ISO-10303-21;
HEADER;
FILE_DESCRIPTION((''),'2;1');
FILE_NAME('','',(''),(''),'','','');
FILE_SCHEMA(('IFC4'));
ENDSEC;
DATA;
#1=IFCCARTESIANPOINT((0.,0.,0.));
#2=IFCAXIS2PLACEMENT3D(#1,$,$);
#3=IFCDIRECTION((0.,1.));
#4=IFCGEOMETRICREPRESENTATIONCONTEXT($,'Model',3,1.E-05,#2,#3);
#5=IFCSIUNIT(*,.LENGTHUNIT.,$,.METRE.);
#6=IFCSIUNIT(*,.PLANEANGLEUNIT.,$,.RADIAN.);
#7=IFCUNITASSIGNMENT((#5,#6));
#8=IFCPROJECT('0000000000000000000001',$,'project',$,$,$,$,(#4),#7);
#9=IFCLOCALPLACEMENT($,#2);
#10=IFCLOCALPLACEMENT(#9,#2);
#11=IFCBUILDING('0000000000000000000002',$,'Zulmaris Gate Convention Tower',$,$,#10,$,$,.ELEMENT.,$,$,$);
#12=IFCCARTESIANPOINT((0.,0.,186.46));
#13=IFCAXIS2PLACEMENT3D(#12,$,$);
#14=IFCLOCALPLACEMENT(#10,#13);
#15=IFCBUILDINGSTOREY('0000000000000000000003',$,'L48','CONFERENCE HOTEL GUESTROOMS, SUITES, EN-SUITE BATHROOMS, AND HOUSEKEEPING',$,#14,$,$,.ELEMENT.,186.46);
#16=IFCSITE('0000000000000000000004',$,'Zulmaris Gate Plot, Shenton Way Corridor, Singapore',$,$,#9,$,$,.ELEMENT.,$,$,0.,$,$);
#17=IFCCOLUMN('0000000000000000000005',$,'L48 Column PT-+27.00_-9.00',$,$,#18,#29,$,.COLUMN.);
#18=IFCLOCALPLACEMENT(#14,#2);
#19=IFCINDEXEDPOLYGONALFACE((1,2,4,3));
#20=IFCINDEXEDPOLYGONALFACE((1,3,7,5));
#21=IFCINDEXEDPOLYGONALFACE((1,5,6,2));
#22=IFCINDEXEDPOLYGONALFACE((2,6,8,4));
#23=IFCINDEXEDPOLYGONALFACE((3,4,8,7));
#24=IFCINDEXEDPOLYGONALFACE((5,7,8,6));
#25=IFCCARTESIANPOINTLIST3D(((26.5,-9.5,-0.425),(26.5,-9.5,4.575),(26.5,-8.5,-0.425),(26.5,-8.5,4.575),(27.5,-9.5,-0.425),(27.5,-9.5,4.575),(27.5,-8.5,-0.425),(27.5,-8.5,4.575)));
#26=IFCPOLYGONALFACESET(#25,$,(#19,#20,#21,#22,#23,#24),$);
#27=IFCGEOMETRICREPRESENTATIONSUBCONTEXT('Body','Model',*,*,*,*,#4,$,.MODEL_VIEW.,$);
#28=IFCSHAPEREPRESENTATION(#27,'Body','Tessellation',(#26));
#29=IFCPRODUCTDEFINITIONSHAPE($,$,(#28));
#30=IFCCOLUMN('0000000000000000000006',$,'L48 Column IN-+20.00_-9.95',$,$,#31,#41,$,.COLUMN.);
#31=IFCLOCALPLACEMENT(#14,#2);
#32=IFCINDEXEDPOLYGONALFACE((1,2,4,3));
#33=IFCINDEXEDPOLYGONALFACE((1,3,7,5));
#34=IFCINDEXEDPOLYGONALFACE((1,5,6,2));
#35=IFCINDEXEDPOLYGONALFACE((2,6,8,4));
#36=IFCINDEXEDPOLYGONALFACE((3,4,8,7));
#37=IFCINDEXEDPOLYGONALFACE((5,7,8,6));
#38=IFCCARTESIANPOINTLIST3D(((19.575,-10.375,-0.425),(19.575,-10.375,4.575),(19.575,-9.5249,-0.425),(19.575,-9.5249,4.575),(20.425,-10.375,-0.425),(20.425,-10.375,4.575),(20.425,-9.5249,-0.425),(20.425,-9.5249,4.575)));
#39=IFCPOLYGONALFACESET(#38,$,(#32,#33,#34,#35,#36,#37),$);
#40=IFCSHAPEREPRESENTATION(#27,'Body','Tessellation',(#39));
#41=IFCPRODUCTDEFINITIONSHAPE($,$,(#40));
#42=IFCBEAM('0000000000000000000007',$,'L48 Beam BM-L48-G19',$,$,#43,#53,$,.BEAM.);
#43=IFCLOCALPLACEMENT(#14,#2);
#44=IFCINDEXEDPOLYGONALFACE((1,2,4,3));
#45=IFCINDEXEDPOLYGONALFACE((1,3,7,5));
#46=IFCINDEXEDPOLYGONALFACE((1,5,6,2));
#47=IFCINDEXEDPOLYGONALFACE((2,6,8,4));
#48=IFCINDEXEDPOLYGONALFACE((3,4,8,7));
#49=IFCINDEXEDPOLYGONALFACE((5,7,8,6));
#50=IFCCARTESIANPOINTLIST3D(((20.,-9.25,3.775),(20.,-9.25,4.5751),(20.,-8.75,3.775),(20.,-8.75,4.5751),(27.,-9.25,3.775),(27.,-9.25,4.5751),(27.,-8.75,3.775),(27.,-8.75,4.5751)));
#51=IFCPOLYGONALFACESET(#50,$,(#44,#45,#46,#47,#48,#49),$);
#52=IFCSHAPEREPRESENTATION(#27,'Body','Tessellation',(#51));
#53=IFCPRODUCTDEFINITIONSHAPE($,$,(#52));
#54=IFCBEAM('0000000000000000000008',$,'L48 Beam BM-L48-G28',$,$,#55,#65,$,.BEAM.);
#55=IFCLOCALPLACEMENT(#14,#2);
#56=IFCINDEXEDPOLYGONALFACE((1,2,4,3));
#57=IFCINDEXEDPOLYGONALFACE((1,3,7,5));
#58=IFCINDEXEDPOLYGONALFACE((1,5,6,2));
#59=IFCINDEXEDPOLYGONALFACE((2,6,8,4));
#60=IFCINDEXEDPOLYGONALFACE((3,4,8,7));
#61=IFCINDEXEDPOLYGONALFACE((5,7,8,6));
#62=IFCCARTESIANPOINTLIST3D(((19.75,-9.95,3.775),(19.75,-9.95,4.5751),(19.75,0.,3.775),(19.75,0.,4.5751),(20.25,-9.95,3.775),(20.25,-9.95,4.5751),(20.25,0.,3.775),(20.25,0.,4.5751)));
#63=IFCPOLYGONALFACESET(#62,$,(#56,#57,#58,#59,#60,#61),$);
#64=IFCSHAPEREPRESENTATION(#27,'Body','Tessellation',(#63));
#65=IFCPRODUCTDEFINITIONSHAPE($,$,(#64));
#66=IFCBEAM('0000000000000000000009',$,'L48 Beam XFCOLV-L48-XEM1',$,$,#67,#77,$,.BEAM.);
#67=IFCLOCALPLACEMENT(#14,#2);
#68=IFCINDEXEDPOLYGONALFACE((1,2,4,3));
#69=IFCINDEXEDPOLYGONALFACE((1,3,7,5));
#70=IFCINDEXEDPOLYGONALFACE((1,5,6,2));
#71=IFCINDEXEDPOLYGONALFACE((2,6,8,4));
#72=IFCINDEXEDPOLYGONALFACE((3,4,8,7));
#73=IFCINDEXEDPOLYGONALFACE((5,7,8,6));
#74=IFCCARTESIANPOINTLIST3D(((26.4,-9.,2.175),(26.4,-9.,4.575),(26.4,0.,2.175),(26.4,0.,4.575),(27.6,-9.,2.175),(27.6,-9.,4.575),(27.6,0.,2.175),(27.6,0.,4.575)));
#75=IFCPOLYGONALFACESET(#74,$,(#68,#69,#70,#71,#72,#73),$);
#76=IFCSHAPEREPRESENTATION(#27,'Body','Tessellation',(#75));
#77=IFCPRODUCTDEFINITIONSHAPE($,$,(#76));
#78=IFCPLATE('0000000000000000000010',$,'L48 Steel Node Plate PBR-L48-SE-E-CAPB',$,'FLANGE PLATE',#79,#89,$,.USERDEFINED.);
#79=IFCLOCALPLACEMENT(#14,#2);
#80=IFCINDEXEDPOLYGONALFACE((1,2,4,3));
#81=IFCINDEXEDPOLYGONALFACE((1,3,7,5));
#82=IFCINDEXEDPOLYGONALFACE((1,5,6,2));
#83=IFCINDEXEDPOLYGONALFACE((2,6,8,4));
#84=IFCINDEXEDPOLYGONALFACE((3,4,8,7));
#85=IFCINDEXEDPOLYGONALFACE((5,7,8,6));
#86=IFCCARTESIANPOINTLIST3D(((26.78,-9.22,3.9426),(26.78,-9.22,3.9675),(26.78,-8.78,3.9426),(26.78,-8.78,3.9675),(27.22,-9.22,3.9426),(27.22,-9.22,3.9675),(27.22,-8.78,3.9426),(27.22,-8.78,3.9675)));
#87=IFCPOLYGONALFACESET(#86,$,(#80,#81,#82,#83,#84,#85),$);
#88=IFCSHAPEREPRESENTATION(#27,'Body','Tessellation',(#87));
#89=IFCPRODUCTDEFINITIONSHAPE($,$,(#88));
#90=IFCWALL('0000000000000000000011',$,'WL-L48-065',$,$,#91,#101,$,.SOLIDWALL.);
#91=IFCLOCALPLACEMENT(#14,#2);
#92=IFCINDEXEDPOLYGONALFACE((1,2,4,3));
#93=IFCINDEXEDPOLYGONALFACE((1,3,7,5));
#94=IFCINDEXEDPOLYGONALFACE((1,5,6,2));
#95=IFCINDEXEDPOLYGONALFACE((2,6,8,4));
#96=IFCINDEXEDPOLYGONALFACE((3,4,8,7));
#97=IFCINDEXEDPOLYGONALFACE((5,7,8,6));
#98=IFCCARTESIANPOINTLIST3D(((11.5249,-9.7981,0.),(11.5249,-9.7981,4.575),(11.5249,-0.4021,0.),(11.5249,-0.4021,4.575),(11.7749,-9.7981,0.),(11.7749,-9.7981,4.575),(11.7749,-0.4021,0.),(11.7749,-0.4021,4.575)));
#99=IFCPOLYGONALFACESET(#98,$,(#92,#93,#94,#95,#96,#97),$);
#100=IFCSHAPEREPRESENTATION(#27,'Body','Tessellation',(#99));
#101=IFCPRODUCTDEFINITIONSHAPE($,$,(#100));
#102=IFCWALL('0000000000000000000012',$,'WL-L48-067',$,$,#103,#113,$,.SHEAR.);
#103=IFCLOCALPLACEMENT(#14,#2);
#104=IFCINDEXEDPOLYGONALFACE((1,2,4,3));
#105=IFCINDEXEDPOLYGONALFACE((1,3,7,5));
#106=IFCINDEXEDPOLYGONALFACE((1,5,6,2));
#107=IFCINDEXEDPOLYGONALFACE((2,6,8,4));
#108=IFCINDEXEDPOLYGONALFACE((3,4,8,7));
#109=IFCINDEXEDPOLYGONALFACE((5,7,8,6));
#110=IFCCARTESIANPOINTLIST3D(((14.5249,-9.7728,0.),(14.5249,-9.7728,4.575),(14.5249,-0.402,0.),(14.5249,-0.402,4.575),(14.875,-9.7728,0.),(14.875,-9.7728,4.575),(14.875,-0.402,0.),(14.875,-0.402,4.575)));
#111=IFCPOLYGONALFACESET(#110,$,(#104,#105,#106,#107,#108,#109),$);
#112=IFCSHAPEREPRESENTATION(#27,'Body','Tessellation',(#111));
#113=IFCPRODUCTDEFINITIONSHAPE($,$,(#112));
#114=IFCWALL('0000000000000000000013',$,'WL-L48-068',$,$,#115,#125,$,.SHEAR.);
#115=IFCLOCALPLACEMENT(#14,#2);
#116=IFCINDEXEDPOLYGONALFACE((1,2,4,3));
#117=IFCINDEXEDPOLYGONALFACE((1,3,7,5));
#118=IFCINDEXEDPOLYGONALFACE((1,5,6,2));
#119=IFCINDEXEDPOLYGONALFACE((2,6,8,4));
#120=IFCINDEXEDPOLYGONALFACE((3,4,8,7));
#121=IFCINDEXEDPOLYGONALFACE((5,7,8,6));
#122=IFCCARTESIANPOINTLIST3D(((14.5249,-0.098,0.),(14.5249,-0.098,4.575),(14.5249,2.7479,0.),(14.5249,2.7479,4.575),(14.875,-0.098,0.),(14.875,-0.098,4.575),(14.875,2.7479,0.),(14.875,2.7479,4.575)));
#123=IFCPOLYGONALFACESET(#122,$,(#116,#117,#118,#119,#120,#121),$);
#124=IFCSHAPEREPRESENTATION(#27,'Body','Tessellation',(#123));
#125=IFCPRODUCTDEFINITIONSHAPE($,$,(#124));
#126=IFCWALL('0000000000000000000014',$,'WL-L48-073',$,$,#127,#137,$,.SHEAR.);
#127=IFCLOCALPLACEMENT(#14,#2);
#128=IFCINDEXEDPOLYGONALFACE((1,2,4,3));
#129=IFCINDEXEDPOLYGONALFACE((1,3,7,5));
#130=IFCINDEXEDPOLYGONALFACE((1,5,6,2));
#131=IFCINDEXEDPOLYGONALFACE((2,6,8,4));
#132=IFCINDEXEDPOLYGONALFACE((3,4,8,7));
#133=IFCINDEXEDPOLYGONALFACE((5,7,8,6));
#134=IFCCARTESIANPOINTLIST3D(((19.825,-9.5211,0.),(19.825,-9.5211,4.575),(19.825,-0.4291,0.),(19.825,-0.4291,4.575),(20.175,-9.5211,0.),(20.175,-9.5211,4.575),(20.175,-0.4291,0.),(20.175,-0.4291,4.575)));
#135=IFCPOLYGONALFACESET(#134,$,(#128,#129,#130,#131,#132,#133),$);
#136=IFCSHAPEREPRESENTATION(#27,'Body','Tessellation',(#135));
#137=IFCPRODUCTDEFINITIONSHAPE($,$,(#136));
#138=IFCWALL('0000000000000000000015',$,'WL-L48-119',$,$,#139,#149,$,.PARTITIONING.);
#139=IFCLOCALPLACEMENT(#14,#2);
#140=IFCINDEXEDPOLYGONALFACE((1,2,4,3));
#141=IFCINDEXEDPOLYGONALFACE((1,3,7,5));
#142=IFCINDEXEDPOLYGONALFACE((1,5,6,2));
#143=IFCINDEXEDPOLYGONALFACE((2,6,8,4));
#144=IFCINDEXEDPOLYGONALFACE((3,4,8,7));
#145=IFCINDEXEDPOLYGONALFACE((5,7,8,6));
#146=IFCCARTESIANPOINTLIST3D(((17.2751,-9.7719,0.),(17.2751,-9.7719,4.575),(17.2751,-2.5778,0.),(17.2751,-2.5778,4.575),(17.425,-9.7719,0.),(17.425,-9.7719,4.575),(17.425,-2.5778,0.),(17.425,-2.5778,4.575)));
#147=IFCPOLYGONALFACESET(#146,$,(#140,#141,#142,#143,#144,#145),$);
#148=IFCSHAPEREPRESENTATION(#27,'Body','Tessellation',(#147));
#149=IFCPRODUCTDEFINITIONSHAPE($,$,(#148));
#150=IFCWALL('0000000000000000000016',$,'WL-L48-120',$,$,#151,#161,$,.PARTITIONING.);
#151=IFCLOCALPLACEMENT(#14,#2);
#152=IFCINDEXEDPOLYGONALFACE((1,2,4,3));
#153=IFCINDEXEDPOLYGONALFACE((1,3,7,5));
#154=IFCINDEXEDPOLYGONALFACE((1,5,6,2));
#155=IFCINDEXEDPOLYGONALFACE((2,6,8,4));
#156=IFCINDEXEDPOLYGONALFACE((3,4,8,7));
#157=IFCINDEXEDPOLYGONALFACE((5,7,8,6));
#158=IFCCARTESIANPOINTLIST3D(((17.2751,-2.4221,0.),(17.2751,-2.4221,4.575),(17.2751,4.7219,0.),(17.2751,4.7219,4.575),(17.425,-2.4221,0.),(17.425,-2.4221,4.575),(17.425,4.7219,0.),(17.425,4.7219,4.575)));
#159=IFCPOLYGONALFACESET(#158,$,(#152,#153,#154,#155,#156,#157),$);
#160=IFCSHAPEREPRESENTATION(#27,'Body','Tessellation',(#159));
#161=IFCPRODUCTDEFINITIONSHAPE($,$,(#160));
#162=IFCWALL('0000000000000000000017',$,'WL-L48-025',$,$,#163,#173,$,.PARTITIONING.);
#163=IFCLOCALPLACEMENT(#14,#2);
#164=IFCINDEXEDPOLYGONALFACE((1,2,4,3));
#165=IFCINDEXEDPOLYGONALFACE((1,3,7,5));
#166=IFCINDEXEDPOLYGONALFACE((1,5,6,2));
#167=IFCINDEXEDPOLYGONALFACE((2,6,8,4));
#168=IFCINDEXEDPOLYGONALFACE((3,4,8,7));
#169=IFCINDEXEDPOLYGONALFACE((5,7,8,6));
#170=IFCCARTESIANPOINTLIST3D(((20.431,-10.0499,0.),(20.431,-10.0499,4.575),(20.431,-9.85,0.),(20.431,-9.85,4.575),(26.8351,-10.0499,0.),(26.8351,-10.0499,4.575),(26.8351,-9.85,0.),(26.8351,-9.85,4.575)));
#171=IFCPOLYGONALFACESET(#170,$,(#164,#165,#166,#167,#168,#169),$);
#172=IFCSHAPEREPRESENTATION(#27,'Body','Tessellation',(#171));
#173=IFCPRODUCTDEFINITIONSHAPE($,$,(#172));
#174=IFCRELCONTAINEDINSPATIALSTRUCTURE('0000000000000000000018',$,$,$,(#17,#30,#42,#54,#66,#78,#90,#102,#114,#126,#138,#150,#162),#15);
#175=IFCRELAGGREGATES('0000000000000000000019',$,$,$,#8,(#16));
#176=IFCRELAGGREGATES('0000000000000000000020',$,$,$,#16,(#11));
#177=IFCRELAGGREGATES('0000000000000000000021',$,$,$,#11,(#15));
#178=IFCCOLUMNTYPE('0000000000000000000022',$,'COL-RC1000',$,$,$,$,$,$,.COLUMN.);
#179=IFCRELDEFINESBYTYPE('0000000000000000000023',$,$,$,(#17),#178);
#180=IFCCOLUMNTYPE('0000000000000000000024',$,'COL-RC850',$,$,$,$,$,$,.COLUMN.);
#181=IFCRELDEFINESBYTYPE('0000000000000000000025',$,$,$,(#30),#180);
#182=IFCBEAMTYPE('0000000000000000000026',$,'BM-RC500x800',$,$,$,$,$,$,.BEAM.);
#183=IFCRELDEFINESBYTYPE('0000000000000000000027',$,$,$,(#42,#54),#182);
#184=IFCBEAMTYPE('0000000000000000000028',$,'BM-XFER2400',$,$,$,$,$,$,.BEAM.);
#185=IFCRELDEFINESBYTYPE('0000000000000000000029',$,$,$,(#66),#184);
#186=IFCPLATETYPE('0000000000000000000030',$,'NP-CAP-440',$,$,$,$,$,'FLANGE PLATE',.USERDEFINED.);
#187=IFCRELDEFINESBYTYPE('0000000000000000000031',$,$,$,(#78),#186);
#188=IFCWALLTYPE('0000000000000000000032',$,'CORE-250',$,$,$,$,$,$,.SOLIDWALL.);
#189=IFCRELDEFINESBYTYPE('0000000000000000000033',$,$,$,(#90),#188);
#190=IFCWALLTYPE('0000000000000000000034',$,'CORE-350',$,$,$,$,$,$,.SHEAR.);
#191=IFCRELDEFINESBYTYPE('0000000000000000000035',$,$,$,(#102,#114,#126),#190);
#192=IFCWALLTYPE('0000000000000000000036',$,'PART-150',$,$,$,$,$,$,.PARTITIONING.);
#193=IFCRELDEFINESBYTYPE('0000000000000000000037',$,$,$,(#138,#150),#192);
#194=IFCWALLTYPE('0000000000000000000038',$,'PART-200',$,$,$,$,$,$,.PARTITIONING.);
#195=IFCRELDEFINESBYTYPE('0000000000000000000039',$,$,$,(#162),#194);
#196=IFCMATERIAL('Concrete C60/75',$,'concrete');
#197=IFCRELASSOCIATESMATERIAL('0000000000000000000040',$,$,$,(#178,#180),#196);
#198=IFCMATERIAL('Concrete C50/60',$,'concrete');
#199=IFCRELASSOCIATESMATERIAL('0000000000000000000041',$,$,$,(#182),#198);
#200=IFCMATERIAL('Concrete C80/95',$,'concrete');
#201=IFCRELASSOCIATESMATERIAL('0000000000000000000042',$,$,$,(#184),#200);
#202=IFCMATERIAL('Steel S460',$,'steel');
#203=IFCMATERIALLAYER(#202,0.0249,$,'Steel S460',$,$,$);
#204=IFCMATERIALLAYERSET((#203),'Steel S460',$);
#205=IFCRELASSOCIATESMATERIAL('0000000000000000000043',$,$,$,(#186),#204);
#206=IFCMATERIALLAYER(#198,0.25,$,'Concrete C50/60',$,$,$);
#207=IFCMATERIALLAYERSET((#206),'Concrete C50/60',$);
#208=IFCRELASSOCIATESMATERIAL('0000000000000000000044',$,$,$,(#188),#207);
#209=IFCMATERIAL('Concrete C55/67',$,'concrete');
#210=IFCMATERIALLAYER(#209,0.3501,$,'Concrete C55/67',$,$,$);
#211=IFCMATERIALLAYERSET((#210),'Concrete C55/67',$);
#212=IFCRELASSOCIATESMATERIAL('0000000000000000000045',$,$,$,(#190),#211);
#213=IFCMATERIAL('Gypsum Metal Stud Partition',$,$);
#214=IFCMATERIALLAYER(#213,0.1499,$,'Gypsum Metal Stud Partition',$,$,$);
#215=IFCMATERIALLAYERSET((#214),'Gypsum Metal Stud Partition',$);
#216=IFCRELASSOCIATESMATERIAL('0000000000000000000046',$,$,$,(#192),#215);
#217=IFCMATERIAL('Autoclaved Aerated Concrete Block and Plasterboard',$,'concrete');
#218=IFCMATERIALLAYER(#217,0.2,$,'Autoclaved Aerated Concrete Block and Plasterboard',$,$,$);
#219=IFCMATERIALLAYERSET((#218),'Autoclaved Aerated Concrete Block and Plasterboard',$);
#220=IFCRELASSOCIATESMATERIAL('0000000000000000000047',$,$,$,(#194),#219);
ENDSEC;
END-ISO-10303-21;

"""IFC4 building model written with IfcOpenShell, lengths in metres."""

from ifc_helpers import new_model, si_unit, direction, frame, frame_2d, origin, origin_2d, place, context, subcontext, project, spatial, rectangle, extrude, material, layer, layer_set, material_profile, profile_set, type_object, element, save


model = new_model("IFC4")

# Units and contexts
model_context = context("Model", 3, precision=1e-05, world=origin(), true_north=direction((0.0, 1.0)))
body_context = subcontext(model_context, "Body", "Model", "MODEL_VIEW")
ifc_project = project(units=[si_unit("LENGTHUNIT", "METRE"), si_unit("PLANEANGLEUNIT", "RADIAN")], contexts=[model_context])

# Site, building, storey
site_placement = place(None, origin())
site = spatial("IfcSite", under=ifc_project, at=site_placement, Name="Zulmaris Gate Plot, Shenton Way Corridor, Singapore", CompositionType="ELEMENT", RefElevation=0.0)
building_placement = place(site_placement, origin())
building = spatial("IfcBuilding", under=site, at=building_placement, Name="Zulmaris Gate Convention Tower", CompositionType="ELEMENT")
storey_placement = place(building_placement, frame((0.0, 0.0, 186.46)))
storey = spatial("IfcBuildingStorey", under=building, at=storey_placement, Name="L48", Description="CONFERENCE HOTEL GUESTROOMS, SUITES, EN-SUITE BATHROOMS, AND HOUSEKEEPING", CompositionType="ELEMENT", Elevation=186.46)

# Columns
ifc_material_1 = material(Name="Concrete C60/75", Category="concrete")
ifc_material_profile_1 = material_profile(ifc_material_1, rectangle(XDim=1.0, YDim=1.0, at=origin_2d()), Name="RC COL 1000x1000")
ifc_profile_set_1 = profile_set([ifc_material_profile_1], Name="Concrete C60/75")
column_type_1 = type_object("IfcColumnType", Name="COL-RC1000", PredefinedType="COLUMN", material=ifc_profile_set_1)
column_1_placement = place(storey_placement, frame((27.0, -9.0, -0.425), z_axis=(0.0, 0.0, 1.0), x_axis=(1.0, 0.0, 0.0)))
element("IfcColumn", 1, at=column_1_placement, inside=storey, type_object=column_type_1, Name="L48 Column PT-+27.00_-9.00", PredefinedType="COLUMN", context=body_context, shape_type="SweptSolid", body=[
    extrude(rectangle(XDim=1.0, YDim=1.0, at=origin_2d()), origin(), (0.0, 0.0, 1.0), 5.0),
])
ifc_material_profile_2 = material_profile(ifc_material_1, rectangle(XDim=0.8501, YDim=0.8501, at=origin_2d()), Name="RC COL 850x850")
ifc_profile_set_2 = profile_set([ifc_material_profile_2], Name="Concrete C60/75")
column_type_2 = type_object("IfcColumnType", Name="COL-RC850", PredefinedType="COLUMN", material=ifc_profile_set_2)
column_2_placement = place(storey_placement, frame((20.0, -9.95, -0.425), z_axis=(0.0, 0.0, 1.0), x_axis=(1.0, 0.0, 0.0)))
element("IfcColumn", 2, at=column_2_placement, inside=storey, type_object=column_type_2, Name="L48 Column IN-+20.00_-9.95", PredefinedType="COLUMN", context=body_context, shape_type="SweptSolid", body=[
    extrude(rectangle(XDim=0.8501, YDim=0.8501, at=origin_2d()), origin(), (0.0, 0.0, 1.0), 5.0),
])

# Beams
ifc_material_2 = material(Name="Concrete C50/60", Category="concrete")
ifc_material_profile_3 = material_profile(ifc_material_2, rectangle(XDim=0.5, YDim=0.8, at=origin_2d()), Name="RC BEAM 500x800")
ifc_profile_set_3 = profile_set([ifc_material_profile_3], Name="Concrete C50/60")
beam_type_1 = type_object("IfcBeamType", Name="BM-RC500x800", PredefinedType="BEAM", material=ifc_profile_set_3)
beam_1_placement = place(storey_placement, frame((20.0, -9.0, 4.175), z_axis=(1.0, 0.0, 0.0), x_axis=(0.0, 1.0, 0.0)))
element("IfcBeam", 3, at=beam_1_placement, inside=storey, type_object=beam_type_1, Name="L48 Beam BM-L48-G19", PredefinedType="BEAM", context=body_context, shape_type="SweptSolid", body=[
    extrude(rectangle(XDim=0.5, YDim=0.8, at=origin_2d()), origin(), (0.0, 0.0, 1.0), 7.0),
])
beam_2_placement = place(storey_placement, frame((20.0, -9.95, 4.175), z_axis=(0.0, 1.0, 0.0), x_axis=(-1.0, 0.0, 0.0)))
element("IfcBeam", 4, at=beam_2_placement, inside=storey, type_object=beam_type_1, Name="L48 Beam BM-L48-G28", PredefinedType="BEAM", context=body_context, shape_type="SweptSolid", body=[
    extrude(rectangle(XDim=0.5, YDim=0.8, at=origin_2d()), origin(), (0.0, 0.0, 1.0), 9.95),
])
ifc_material_3 = material(Name="Concrete C80/95", Category="concrete")
ifc_material_profile_4 = material_profile(ifc_material_3, rectangle(XDim=1.2, YDim=2.3999, at=origin_2d()), Name="RC TRANSFER 1200x2400")
ifc_profile_set_4 = profile_set([ifc_material_profile_4], Name="Concrete C80/95")
beam_type_2 = type_object("IfcBeamType", Name="BM-XFER2400", PredefinedType="BEAM", material=ifc_profile_set_4)
beam_3_placement = place(storey_placement, frame((27.0, -9.0, 3.375), z_axis=(0.0, 1.0, 0.0), x_axis=(-1.0, 0.0, 0.0)))
element("IfcBeam", 5, at=beam_3_placement, inside=storey, type_object=beam_type_2, Name="L48 Beam XFCOLV-L48-XEM1", PredefinedType="BEAM", context=body_context, shape_type="SweptSolid", body=[
    extrude(rectangle(XDim=1.2, YDim=2.3999, at=origin_2d()), origin(), (0.0, 0.0, 1.0), 9.0),
])

# Plate
ifc_material_4 = material(Name="Steel S460", Category="steel")
ifc_layer_1 = layer(ifc_material_4, 0.0249, Name="Steel S460")
ifc_layer_set_1 = layer_set([ifc_layer_1], Name="Steel S460")
plate_type = type_object("IfcPlateType", Name="NP-CAP-440", ElementType="FLANGE PLATE", PredefinedType="USERDEFINED", material=ifc_layer_set_1)
plate_placement = place(storey_placement, frame((27.0, -9.0, 3.9426), z_axis=(0.0, 0.0, 1.0), x_axis=(1.0, 0.0, 0.0)))
element("IfcPlate", 6, at=plate_placement, inside=storey, type_object=plate_type, Name="L48 Steel Node Plate PBR-L48-SE-E-CAPB", ObjectType="FLANGE PLATE", PredefinedType="USERDEFINED", context=body_context, shape_type="SweptSolid", body=[
    extrude(rectangle(XDim=0.4399, YDim=0.4399, at=origin_2d()), origin(), (0.0, 0.0, 1.0), 0.0249),
])

# Walls
ifc_layer_2 = layer(ifc_material_2, 0.25, Name="Concrete C50/60")
ifc_layer_set_2 = layer_set([ifc_layer_2], Name="Concrete C50/60")
wall_type_1 = type_object("IfcWallType", Name="CORE-250", PredefinedType="SOLIDWALL", material=ifc_layer_set_2)
wall_1_placement = place(storey_placement, frame((11.6499, -9.7981, 0.0), z_axis=(0.0, 0.0, 1.0), x_axis=(0.0, 1.0, 0.0)))
element("IfcWall", 7, at=wall_1_placement, inside=storey, type_object=wall_type_1, Name="WL-L48-065", PredefinedType="SOLIDWALL", context=body_context, shape_type="SweptSolid", body=[
    extrude(rectangle(XDim=9.396, YDim=0.25, at=frame_2d((4.698, 0.0))), origin(), (0.0, 0.0, 1.0), 4.575),
])
ifc_material_5 = material(Name="Concrete C55/67", Category="concrete")
ifc_layer_3 = layer(ifc_material_5, 0.3501, Name="Concrete C55/67")
ifc_layer_set_3 = layer_set([ifc_layer_3], Name="Concrete C55/67")
wall_type_2 = type_object("IfcWallType", Name="CORE-350", PredefinedType="SHEAR", material=ifc_layer_set_3)
wall_2_placement = place(storey_placement, frame((14.7, -9.7729, 0.0), z_axis=(0.0, 0.0, 1.0), x_axis=(0.0, 1.0, 0.0)))
element("IfcWall", 8, at=wall_2_placement, inside=storey, type_object=wall_type_2, Name="WL-L48-067", PredefinedType="SHEAR", context=body_context, shape_type="SweptSolid", body=[
    extrude(rectangle(XDim=9.3708, YDim=0.3501, at=frame_2d((4.6855, 0.0))), origin(), (0.0, 0.0, 1.0), 4.575),
])
wall_3_placement = place(storey_placement, frame((14.7, -0.0979, 0.0), z_axis=(0.0, 0.0, 1.0), x_axis=(0.0, 1.0, 0.0)))
element("IfcWall", 9, at=wall_3_placement, inside=storey, type_object=wall_type_2, Name="WL-L48-068", PredefinedType="SHEAR", context=body_context, shape_type="SweptSolid", body=[
    extrude(rectangle(XDim=2.8459, YDim=0.3501, at=frame_2d((1.4229, 0.0))), origin(), (0.0, 0.0, 1.0), 4.575),
])
wall_4_placement = place(storey_placement, frame((20.0, -9.521, 0.0), z_axis=(0.0, 0.0, 1.0), x_axis=(0.0, 1.0, 0.0)))
element("IfcWall", 10, at=wall_4_placement, inside=storey, type_object=wall_type_2, Name="WL-L48-073", PredefinedType="SHEAR", context=body_context, shape_type="SweptSolid", body=[
    extrude(rectangle(XDim=9.092, YDim=0.3501, at=frame_2d((4.5459, 0.0))), origin(), (0.0, 0.0, 1.0), 4.575),
])

# Shared definitions
ifc_material_6 = material(Name="Gypsum Metal Stud Partition")
ifc_layer_4 = layer(ifc_material_6, 0.1499, Name="Gypsum Metal Stud Partition")
ifc_layer_set_4 = layer_set([ifc_layer_4], Name="Gypsum Metal Stud Partition")
wall_type_3 = type_object("IfcWallType", Name="PART-150", PredefinedType="PARTITIONING", material=ifc_layer_set_4)

# Walls
wall_5_placement = place(storey_placement, frame((17.3501, -9.772, 0.0), z_axis=(0.0, 0.0, 1.0), x_axis=(0.0, 1.0, 0.0)))
element("IfcWall", 11, at=wall_5_placement, inside=storey, type_object=wall_type_3, Name="WL-L48-119", PredefinedType="PARTITIONING", context=body_context, shape_type="SweptSolid", body=[
    extrude(rectangle(XDim=7.1941, YDim=0.1499, at=frame_2d((3.5972, 0.0))), origin(), (0.0, 0.0, 1.0), 4.575),
])
wall_6_placement = place(storey_placement, frame((17.3501, -2.4221, 0.0), z_axis=(0.0, 0.0, 1.0), x_axis=(0.0, 1.0, 0.0)))
element("IfcWall", 12, at=wall_6_placement, inside=storey, type_object=wall_type_3, Name="WL-L48-120", PredefinedType="PARTITIONING", context=body_context, shape_type="SweptSolid", body=[
    extrude(rectangle(XDim=7.144, YDim=0.1499, at=frame_2d((3.572, 0.0))), origin(), (0.0, 0.0, 1.0), 4.575),
])
ifc_material_7 = material(Name="Autoclaved Aerated Concrete Block and Plasterboard", Category="concrete")
ifc_layer_5 = layer(ifc_material_7, 0.2, Name="Autoclaved Aerated Concrete Block and Plasterboard")
ifc_layer_set_5 = layer_set([ifc_layer_5], Name="Autoclaved Aerated Concrete Block and Plasterboard")
wall_type_4 = type_object("IfcWallType", Name="PART-200", PredefinedType="PARTITIONING", material=ifc_layer_set_5)
wall_7_placement = place(storey_placement, frame((20.4309, -9.95, 0.0), z_axis=(0.0, 0.0, 1.0), x_axis=(1.0, 0.0, 0.0)))
element("IfcWall", 13, at=wall_7_placement, inside=storey, type_object=wall_type_4, Name="WL-L48-025", PredefinedType="PARTITIONING", context=body_context, shape_type="SweptSolid", body=[
    extrude(rectangle(XDim=6.4041, YDim=0.2, at=frame_2d((3.2021, 0.0))), origin(), (0.0, 0.0, 1.0), 4.575),
])

save(model, "model.ifc")
